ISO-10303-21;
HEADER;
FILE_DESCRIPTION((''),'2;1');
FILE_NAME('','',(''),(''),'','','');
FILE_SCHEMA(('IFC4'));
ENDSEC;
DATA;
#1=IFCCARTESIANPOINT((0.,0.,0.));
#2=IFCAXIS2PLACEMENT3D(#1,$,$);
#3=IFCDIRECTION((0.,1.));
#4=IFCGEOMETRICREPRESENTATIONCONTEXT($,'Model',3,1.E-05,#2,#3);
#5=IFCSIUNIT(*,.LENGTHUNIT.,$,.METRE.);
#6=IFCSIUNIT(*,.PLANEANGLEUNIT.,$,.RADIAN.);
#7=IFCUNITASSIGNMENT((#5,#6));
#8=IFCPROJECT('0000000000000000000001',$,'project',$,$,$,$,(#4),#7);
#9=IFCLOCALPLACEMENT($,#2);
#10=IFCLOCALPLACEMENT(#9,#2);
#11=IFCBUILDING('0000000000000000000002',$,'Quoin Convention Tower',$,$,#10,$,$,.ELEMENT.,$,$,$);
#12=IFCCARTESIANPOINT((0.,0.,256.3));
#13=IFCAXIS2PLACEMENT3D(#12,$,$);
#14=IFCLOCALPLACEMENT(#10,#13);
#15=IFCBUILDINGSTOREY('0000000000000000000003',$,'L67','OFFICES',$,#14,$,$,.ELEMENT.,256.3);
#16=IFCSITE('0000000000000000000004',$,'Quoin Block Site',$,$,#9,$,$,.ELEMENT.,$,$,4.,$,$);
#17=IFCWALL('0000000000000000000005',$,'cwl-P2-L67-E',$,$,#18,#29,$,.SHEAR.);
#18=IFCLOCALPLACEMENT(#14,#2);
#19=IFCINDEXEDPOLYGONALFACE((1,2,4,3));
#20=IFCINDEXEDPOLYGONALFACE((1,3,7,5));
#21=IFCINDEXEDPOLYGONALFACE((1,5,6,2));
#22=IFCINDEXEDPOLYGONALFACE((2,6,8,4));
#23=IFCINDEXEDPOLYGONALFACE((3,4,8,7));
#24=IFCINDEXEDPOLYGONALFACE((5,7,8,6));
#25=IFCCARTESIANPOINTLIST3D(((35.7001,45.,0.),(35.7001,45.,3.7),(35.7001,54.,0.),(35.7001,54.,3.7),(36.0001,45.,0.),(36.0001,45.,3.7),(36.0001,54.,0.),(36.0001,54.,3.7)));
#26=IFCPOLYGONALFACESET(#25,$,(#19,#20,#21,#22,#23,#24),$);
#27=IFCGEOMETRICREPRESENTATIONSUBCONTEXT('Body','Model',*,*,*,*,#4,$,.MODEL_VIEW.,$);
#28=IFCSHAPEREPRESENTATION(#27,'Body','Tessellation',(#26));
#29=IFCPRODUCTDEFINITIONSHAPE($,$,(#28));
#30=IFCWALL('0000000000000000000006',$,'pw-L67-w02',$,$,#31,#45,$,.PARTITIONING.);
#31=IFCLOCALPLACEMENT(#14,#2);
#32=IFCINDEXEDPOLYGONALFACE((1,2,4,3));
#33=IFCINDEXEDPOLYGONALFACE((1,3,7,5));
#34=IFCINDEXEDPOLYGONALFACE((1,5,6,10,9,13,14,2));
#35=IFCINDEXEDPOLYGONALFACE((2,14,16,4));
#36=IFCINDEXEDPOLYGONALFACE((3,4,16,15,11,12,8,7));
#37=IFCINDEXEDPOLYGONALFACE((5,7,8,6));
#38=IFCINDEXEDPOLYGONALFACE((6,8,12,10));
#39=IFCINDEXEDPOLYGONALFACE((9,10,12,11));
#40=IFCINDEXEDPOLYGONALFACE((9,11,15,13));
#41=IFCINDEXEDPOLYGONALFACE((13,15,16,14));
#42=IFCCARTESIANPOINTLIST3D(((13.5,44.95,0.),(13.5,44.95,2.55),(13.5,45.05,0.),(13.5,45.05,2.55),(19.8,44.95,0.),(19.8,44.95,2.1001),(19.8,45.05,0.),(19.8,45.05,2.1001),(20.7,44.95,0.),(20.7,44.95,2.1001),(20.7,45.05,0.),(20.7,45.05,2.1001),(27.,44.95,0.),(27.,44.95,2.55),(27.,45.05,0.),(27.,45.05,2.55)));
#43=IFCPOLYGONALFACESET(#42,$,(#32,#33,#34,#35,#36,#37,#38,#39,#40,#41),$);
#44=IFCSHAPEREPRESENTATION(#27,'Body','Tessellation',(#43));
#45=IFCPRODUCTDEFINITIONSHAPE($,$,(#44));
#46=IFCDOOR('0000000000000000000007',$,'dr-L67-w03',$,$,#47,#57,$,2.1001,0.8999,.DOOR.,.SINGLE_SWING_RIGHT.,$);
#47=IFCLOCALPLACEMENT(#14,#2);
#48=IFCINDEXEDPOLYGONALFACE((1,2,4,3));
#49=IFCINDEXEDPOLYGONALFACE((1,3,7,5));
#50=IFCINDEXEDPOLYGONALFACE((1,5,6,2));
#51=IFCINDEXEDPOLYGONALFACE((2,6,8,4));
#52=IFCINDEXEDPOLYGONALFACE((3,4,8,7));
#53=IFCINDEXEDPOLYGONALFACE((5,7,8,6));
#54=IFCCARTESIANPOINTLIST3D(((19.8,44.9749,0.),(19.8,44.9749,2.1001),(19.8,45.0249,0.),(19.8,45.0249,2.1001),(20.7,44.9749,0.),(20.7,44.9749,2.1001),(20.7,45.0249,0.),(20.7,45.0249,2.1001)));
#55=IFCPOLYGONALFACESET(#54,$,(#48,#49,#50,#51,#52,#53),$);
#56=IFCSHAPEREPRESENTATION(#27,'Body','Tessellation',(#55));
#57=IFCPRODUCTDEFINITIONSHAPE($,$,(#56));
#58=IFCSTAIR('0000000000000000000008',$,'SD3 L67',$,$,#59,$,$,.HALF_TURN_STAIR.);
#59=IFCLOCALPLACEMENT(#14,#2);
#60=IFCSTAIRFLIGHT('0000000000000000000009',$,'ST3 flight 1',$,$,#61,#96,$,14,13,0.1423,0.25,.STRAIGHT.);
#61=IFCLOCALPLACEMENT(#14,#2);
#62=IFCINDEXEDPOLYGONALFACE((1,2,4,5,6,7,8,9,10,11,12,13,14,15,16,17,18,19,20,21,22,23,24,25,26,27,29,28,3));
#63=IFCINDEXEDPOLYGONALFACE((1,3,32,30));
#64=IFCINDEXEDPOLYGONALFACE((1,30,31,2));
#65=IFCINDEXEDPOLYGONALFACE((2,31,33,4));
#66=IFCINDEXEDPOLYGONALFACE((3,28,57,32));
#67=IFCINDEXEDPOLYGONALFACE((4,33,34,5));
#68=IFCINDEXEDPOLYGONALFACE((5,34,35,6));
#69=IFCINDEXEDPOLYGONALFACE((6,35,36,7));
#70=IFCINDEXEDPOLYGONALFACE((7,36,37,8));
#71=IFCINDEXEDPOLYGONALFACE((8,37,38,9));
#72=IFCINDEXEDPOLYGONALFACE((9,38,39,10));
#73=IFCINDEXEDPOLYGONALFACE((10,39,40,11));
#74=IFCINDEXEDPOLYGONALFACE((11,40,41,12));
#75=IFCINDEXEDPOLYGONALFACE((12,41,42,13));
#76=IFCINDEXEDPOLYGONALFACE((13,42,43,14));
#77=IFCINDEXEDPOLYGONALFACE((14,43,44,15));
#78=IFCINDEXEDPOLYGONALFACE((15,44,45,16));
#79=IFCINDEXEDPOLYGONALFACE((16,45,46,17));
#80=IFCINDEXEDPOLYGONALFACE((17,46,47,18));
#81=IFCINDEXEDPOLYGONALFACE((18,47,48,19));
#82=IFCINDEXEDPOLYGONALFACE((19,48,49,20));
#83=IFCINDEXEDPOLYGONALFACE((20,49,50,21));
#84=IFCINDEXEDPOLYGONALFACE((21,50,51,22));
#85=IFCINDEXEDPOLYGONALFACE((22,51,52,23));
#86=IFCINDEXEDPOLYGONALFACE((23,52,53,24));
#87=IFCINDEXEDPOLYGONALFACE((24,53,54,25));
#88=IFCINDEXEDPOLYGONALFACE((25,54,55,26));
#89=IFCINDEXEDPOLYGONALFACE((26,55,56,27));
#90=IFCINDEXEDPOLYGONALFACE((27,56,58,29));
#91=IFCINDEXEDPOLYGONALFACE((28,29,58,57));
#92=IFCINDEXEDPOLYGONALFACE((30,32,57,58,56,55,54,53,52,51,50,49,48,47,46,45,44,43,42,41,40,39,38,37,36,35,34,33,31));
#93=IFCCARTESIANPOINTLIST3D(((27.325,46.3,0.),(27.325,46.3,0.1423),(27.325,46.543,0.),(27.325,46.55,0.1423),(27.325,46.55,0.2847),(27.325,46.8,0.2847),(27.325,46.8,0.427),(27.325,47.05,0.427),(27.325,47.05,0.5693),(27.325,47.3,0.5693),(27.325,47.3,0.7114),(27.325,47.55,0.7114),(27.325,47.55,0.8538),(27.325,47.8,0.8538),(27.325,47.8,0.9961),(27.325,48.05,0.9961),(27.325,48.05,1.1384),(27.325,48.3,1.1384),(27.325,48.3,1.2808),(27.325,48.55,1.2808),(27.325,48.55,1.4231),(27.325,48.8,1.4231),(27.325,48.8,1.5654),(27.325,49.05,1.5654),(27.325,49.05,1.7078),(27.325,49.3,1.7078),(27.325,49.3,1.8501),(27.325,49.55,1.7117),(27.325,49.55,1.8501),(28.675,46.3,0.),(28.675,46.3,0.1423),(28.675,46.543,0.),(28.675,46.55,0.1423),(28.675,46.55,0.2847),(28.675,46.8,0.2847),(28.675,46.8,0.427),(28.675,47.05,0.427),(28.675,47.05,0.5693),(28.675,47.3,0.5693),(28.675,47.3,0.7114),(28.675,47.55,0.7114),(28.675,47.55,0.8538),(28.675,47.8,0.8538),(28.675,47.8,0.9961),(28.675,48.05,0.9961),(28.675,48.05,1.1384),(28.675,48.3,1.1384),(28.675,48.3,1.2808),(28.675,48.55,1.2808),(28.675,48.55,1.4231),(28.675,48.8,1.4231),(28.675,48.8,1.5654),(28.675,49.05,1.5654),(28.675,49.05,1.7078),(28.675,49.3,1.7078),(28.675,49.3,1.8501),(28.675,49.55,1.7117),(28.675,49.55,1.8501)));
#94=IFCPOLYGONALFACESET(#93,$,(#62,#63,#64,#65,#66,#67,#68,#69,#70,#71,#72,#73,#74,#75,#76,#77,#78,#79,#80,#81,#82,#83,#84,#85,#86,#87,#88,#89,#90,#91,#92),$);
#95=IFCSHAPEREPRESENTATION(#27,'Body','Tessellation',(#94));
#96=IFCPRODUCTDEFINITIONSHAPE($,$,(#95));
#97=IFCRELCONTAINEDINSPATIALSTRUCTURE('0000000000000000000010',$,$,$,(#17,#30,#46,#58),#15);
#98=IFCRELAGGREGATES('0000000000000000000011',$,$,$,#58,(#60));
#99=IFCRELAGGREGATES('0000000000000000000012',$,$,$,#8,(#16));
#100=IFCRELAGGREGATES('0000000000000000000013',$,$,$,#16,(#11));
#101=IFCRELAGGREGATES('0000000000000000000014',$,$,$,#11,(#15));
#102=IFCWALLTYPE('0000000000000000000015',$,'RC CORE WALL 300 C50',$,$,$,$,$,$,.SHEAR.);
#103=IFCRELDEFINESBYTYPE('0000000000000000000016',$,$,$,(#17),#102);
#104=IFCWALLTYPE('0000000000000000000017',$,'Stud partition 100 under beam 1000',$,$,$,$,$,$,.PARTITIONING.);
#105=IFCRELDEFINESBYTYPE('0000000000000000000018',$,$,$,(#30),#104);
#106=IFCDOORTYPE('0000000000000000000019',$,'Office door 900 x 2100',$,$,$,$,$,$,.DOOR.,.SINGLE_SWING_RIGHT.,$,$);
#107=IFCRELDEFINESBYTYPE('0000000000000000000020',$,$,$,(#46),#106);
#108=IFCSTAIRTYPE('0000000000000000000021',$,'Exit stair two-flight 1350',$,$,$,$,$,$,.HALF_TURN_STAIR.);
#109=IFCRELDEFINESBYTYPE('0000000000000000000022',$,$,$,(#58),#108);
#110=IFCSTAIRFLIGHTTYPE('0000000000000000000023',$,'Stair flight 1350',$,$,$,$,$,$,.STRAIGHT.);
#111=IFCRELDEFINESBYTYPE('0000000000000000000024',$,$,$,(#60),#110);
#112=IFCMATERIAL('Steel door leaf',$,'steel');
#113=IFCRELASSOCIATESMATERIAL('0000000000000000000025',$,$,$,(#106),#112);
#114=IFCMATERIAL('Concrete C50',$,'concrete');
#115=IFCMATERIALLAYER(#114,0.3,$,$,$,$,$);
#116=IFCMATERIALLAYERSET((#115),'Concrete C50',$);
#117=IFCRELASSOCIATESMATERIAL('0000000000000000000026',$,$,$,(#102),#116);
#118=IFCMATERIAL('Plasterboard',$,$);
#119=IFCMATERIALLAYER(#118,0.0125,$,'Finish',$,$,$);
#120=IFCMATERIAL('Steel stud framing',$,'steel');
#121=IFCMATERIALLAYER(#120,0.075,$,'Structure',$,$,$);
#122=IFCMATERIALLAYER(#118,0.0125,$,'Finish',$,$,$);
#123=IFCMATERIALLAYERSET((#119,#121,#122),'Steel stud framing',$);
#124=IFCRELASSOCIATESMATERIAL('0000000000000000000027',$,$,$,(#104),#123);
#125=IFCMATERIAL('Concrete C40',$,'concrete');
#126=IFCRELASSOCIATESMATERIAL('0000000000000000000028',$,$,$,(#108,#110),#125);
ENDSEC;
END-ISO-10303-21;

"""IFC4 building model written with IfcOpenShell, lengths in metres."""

from ifc_helpers import new_model, si_unit, direction, frame, frame_2d, origin, place, context, subcontext, project, spatial, polyline, rectangle, outline, extrude, material, layer, layer_set, type_object, element, fill, aggregate, save


model = new_model("IFC4")

# Units and contexts
model_context = context("Model", 3, precision=1e-05, world=origin(), true_north=direction((0.0, 1.0)))
body_context = subcontext(model_context, "Body", "Model", "MODEL_VIEW")
ifc_project = project(units=[si_unit("LENGTHUNIT", "METRE"), si_unit("PLANEANGLEUNIT", "RADIAN")], contexts=[model_context])

# Site, building, storey
site_placement = place(None, origin())
site = spatial("IfcSite", under=ifc_project, at=site_placement, Name="Quoin Block Site", CompositionType="ELEMENT", RefElevation=4.0)
building_placement = place(site_placement, origin())
building = spatial("IfcBuilding", under=site, at=building_placement, Name="Quoin Convention Tower", CompositionType="ELEMENT")
storey_placement = place(building_placement, frame((0.0, 0.0, 256.3)))
storey = spatial("IfcBuildingStorey", under=building, at=storey_placement, Name="L67", Description="OFFICES", CompositionType="ELEMENT", Elevation=256.3)

# Shared definitions
ifc_material_1 = material(Name="Concrete C50", Category="concrete")

# Shared definitions
ifc_material_2 = material(Name="Plasterboard")
ifc_material_3 = material(Name="Steel stud framing", Category="steel")
ifc_material_4 = material(Name="Steel door leaf", Category="steel")
door_type_1 = type_object("IfcDoorType", Name="Office door 900 x 2100", OperationType="SINGLE_SWING_RIGHT", PredefinedType="DOOR", material=ifc_material_4)
ifc_layer_1 = layer(ifc_material_1, 0.3)
ifc_layer_set_1 = layer_set([ifc_layer_1], Name="Concrete C50")
wall_type_1 = type_object("IfcWallType", Name="RC CORE WALL 300 C50", PredefinedType="SHEAR", material=ifc_layer_set_1)

# Wall
wall_1_placement = place(storey_placement, frame((35.8501, 45.0, 0.0), z_axis=(0.0, 0.0, 1.0), x_axis=(0.0, 1.0, 0.0)))
element("IfcWall", 1, at=wall_1_placement, inside=storey, type_object=wall_type_1, Name="cwl-P2-L67-E", PredefinedType="SHEAR", context=body_context, shape_type="SweptSolid", body=[
    extrude(rectangle(XDim=9.0, YDim=0.3, at=frame_2d((4.5, 0.0))), origin(), (0.0, 0.0, 1.0), 3.7),
])

# Wall, opening, door
ifc_layer_2 = layer(ifc_material_2, 0.0125, Name="Finish")
ifc_layer_3 = layer(ifc_material_3, 0.075, Name="Structure")
ifc_layer_4 = layer(ifc_material_2, 0.0125, Name="Finish")
ifc_layer_set_2 = layer_set([ifc_layer_2, ifc_layer_3, ifc_layer_4], Name="Steel stud framing")
wall_type_2 = type_object("IfcWallType", Name="Stud partition 100 under beam 1000", PredefinedType="PARTITIONING", material=ifc_layer_set_2)
wall_2_placement = place(storey_placement, frame((13.5, 45.0, 0.0), z_axis=(0.0, 0.0, 1.0), x_axis=(1.0, 0.0, 0.0)))
wall_2 = element("IfcWall", 2, at=wall_2_placement, inside=storey, type_object=wall_type_2, Name="pw-L67-w02", PredefinedType="PARTITIONING", context=body_context, shape_type="SweptSolid", body=[
    extrude(rectangle(XDim=13.5, YDim=0.1001, at=frame_2d((6.75, 0.0))), origin(), (0.0, 0.0, 1.0), 2.55),
])
opening_1_placement = place(wall_2_placement, frame((6.3, 0.0, 0.0)))
opening_1 = element("IfcOpeningElement", 3, at=opening_1_placement, cuts=wall_2, PredefinedType="OPENING", context=body_context, shape_type="SweptSolid", body=[
    extrude(rectangle(XDim=0.8999, YDim=2.1001, at=frame_2d((0.45, 1.05))), frame((0.0, 0.0601, 0.0), z_axis=(0.0, -1.0, 0.0), x_axis=(1.0, 0.0, 0.0)), (0.0, 0.0, 1.0), 0.1201),
])
door_1_placement = place(opening_1_placement, origin())
door_1 = element("IfcDoor", 4, at=door_1_placement, inside=storey, type_object=door_type_1, Name="dr-L67-w03", OperationType="SINGLE_SWING_RIGHT", OverallHeight=2.1001, OverallWidth=0.8999, PredefinedType="DOOR", context=body_context, shape_type="SweptSolid", body=[
    extrude(rectangle(XDim=0.8999, YDim=2.1001, at=frame_2d((0.45, 1.05))), frame((0.0, 0.0249, 0.0), z_axis=(0.0, -1.0, 0.0), x_axis=(1.0, 0.0, 0.0)), (0.0, 0.0, 1.0), 0.05),
])
fill(opening_1, door_1)

# Stair, stair flight
ifc_material_5 = material(Name="Concrete C40", Category="concrete")
stair_type = type_object("IfcStairType", Name="Exit stair two-flight 1350", PredefinedType="HALF_TURN_STAIR", material=ifc_material_5)
stair_placement = place(storey_placement, origin())
stair = element("IfcStair", 5, at=stair_placement, inside=storey, type_object=stair_type, Name="SD3 L67", PredefinedType="HALF_TURN_STAIR")
stair_flight_type = type_object("IfcStairFlightType", Name="Stair flight 1350", PredefinedType="STRAIGHT", material=ifc_material_5)
stair_flight_placement = place(storey_placement, frame((28.0, 46.3, 0.0), z_axis=(0.0, 0.0, 1.0), x_axis=(0.0, 1.0, 0.0)))
stair_flight = element("IfcStairFlight", 6, at=stair_flight_placement, type_object=stair_flight_type, Name="ST3 flight 1", NumberOfRisers=14, NumberOfTreads=13, PredefinedType="STRAIGHT", RiserHeight=0.1423, TreadLength=0.25, context=body_context, shape_type="SweptSolid", body=[
    extrude(outline(polyline([(0.0, 0.0), (0.0, 0.1423), (0.25, 0.1423), (0.25, 0.2847), (0.5, 0.2847), (0.5, 0.427), (0.75, 0.427), (0.75, 0.5693), (1.0, 0.5693), (1.0, 0.7114), (1.25, 0.7114), (1.25, 0.8538), (1.5, 0.8538), (1.5, 0.9961), (1.75, 0.9961), (1.75, 1.1384), (2.0, 1.1384), (2.0, 1.2808), (2.25, 1.2808), (2.25, 1.4231), (2.5, 1.4231), (2.5, 1.5654), (2.75, 1.5654), (2.75, 1.7078), (3.0, 1.7078), (3.0, 1.8501), (3.25, 1.8501), (3.25, 1.9922), (3.25, 1.7117), (0.2429, 0.0), (0.0, 0.0)])), frame((0.0, 0.675, 0.0), z_axis=(0.0, -1.0, 0.0), x_axis=(1.0, 0.0, 0.0)), (0.0, 0.0, 1.0), 1.3501),
])
aggregate(stair, [stair_flight])

save(model, "model.ifc")
